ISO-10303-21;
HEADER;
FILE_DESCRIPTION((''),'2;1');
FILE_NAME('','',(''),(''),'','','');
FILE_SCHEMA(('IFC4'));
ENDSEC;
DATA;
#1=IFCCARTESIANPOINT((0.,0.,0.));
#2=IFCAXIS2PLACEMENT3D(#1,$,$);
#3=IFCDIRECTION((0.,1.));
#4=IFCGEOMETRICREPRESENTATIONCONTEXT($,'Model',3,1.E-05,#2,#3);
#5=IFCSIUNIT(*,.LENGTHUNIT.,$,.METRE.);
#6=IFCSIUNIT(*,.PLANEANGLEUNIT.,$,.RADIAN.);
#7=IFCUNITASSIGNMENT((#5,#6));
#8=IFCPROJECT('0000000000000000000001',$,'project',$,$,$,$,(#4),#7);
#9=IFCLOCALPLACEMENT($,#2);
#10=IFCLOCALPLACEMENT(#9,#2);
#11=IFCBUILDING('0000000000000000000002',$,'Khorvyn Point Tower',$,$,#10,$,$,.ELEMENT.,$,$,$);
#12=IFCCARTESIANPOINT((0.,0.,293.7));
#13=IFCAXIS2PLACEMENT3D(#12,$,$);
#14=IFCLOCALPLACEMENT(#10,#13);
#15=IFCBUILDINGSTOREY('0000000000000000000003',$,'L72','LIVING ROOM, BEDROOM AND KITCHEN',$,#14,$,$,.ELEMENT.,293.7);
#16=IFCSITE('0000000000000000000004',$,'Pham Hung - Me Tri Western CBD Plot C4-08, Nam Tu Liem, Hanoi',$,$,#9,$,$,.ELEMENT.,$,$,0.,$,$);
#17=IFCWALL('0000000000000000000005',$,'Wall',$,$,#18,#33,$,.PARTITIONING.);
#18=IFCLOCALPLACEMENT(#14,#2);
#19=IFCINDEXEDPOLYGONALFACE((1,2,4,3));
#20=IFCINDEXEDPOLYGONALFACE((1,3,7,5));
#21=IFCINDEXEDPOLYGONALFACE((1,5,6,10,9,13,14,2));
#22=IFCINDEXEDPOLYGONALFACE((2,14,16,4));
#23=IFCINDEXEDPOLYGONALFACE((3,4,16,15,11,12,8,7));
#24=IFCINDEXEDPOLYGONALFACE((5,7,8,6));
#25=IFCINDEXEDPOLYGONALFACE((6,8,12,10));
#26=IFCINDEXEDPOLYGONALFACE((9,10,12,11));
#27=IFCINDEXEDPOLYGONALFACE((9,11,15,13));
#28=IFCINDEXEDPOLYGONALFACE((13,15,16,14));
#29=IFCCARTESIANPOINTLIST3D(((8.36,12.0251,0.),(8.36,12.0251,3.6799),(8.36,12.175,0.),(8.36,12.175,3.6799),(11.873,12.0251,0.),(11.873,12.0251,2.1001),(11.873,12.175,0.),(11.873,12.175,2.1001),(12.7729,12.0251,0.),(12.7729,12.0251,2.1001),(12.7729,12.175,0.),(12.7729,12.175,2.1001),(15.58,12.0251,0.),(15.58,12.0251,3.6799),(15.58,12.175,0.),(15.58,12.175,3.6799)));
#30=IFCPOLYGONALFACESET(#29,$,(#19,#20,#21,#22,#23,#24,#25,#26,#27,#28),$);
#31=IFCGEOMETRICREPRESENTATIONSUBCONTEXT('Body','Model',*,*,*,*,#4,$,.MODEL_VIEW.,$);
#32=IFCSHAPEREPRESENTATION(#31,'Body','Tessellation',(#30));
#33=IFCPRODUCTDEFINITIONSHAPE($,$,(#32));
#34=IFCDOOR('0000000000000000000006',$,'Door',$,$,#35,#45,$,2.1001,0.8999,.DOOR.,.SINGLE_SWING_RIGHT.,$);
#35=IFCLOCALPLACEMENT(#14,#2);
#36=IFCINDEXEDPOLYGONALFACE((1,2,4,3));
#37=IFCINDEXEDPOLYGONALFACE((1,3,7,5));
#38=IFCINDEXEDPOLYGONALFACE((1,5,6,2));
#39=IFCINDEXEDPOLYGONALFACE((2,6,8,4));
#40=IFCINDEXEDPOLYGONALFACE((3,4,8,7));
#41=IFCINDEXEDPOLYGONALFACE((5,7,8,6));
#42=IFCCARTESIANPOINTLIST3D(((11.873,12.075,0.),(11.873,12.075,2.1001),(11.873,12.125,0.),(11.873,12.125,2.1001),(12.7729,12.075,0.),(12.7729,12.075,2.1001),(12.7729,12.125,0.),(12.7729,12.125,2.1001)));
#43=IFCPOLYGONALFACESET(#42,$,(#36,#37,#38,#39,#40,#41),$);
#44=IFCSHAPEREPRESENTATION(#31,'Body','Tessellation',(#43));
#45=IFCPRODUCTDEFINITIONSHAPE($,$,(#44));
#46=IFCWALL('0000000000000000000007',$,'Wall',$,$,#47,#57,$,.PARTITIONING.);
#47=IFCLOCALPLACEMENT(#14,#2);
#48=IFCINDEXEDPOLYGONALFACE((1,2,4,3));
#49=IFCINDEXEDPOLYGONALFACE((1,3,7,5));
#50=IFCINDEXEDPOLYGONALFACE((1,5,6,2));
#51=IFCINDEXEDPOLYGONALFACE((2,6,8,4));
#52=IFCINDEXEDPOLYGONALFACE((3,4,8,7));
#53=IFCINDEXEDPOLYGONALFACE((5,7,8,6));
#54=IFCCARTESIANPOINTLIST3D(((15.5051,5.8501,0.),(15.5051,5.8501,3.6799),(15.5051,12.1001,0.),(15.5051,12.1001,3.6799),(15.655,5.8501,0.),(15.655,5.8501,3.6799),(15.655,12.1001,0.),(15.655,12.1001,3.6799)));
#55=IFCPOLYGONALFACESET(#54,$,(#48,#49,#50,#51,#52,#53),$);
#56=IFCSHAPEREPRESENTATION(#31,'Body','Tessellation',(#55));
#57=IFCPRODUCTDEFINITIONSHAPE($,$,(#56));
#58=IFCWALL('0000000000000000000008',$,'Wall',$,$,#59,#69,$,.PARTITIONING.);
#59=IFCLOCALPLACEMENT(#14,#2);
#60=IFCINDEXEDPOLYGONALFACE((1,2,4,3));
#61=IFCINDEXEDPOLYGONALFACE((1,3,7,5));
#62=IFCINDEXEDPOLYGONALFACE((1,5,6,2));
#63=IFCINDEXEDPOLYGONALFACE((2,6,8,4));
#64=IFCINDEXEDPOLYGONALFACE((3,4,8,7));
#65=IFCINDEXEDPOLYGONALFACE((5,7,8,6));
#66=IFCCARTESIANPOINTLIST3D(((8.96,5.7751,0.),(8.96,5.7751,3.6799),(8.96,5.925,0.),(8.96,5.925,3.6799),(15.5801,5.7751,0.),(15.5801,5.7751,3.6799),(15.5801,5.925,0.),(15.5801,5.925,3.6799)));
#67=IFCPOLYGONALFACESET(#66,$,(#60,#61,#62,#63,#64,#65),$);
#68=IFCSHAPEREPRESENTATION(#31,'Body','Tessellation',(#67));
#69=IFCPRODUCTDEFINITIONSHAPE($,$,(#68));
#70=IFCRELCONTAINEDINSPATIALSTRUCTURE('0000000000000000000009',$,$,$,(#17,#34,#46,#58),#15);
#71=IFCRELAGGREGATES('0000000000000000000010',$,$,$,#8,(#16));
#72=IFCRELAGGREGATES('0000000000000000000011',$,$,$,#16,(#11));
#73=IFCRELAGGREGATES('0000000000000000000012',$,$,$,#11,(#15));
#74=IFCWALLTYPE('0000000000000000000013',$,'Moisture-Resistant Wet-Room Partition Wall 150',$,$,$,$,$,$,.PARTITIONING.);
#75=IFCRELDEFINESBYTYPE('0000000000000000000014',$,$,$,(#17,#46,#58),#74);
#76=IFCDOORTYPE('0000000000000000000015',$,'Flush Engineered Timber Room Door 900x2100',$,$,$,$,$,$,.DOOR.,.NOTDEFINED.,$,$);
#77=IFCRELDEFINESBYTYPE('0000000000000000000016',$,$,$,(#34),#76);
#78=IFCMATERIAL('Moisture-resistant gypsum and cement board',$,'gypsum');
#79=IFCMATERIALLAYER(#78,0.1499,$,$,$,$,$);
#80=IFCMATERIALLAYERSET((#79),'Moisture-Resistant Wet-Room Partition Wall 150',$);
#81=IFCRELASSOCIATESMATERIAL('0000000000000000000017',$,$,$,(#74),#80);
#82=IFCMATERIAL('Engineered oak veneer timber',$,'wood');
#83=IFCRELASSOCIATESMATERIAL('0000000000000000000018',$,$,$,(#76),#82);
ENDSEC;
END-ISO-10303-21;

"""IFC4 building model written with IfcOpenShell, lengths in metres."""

from ifc_helpers import new_model, si_unit, direction, frame, frame_2d, origin, place, context, subcontext, project, spatial, rectangle, extrude, material, layer, layer_set, type_object, element, fill, save


model = new_model("IFC4")

# Units and contexts
model_context = context("Model", 3, precision=1e-05, world=origin(), true_north=direction((0.0, 1.0)))
body_context = subcontext(model_context, "Body", "Model", "MODEL_VIEW")
ifc_project = project(units=[si_unit("LENGTHUNIT", "METRE"), si_unit("PLANEANGLEUNIT", "RADIAN")], contexts=[model_context])

# Site, building, storey
site_placement = place(None, origin())
site = spatial("IfcSite", under=ifc_project, at=site_placement, Name="Pham Hung - Me Tri Western CBD Plot C4-08, Nam Tu Liem, Hanoi", CompositionType="ELEMENT", RefElevation=0.0)
building_placement = place(site_placement, origin())
building = spatial("IfcBuilding", under=site, at=building_placement, Name="Khorvyn Point Tower", CompositionType="ELEMENT")
storey_placement = place(building_placement, frame((0.0, 0.0, 293.7)))
storey = spatial("IfcBuildingStorey", under=building, at=storey_placement, Name="L72", Description="LIVING ROOM, BEDROOM AND KITCHEN", CompositionType="ELEMENT", Elevation=293.7)

# Wall, opening, door
ifc_material_1 = material(Name="Moisture-resistant gypsum and cement board", Category="gypsum")
ifc_layer_1 = layer(ifc_material_1, 0.1499)
ifc_layer_set_1 = layer_set([ifc_layer_1], Name="Moisture-Resistant Wet-Room Partition Wall 150")
wall_type_1 = type_object("IfcWallType", Name="Moisture-Resistant Wet-Room Partition Wall 150", PredefinedType="PARTITIONING", material=ifc_layer_set_1)
wall_1_placement = place(storey_placement, frame((8.3601, 12.1001, 0.0), z_axis=(0.0, 0.0, 1.0), x_axis=(1.0, 0.0, 0.0)))
wall_1 = element("IfcWall", 1, at=wall_1_placement, inside=storey, type_object=wall_type_1, Name="Wall", PredefinedType="PARTITIONING", context=body_context, shape_type="SweptSolid", body=[
    extrude(rectangle(XDim=7.22, YDim=0.1499, at=frame_2d((3.6099, 0.0))), origin(), (0.0, 0.0, 1.0), 3.6799),
])
opening_1_placement = place(wall_1_placement, frame((3.5129, 0.0, 0.0)))
opening_1 = element("IfcOpeningElement", 2, at=opening_1_placement, cuts=wall_1, PredefinedType="OPENING", context=body_context, shape_type="SweptSolid", body=[
    extrude(rectangle(XDim=0.8999, YDim=2.1001, at=frame_2d((0.45, 1.05))), frame((0.0, 0.085, 0.0), z_axis=(0.0, -1.0, 0.0), x_axis=(1.0, 0.0, 0.0)), (0.0, 0.0, 1.0), 0.1699),
])
ifc_material_2 = material(Name="Engineered oak veneer timber", Category="wood")
door_type_1 = type_object("IfcDoorType", Name="Flush Engineered Timber Room Door 900x2100", OperationType="NOTDEFINED", PredefinedType="DOOR", material=ifc_material_2)
door_1_placement = place(opening_1_placement, origin())
door_1 = element("IfcDoor", 3, at=door_1_placement, inside=storey, type_object=door_type_1, Name="Door", OperationType="SINGLE_SWING_RIGHT", OverallHeight=2.1001, OverallWidth=0.8999, PredefinedType="DOOR", context=body_context, shape_type="SweptSolid", body=[
    extrude(rectangle(XDim=0.8999, YDim=2.1001, at=frame_2d((0.45, 1.05))), frame((0.0, 0.0249, 0.0), z_axis=(0.0, -1.0, 0.0), x_axis=(1.0, 0.0, 0.0)), (0.0, 0.0, 1.0), 0.05),
])
fill(opening_1, door_1)

# Walls
wall_2_placement = place(storey_placement, frame((15.5801, 5.8501, 0.0), z_axis=(0.0, 0.0, 1.0), x_axis=(0.0, 1.0, 0.0)))
element("IfcWall", 4, at=wall_2_placement, inside=storey, type_object=wall_type_1, Name="Wall", PredefinedType="PARTITIONING", context=body_context, shape_type="SweptSolid", body=[
    extrude(rectangle(XDim=6.25, YDim=0.1499, at=frame_2d((3.125, 0.0))), origin(), (0.0, 0.0, 1.0), 3.6799),
])
wall_3_placement = place(storey_placement, frame((8.96, 5.8501, 0.0), z_axis=(0.0, 0.0, 1.0), x_axis=(1.0, 0.0, 0.0)))
element("IfcWall", 5, at=wall_3_placement, inside=storey, type_object=wall_type_1, Name="Wall", PredefinedType="PARTITIONING", context=body_context, shape_type="SweptSolid", body=[
    extrude(rectangle(XDim=6.6201, YDim=0.1499, at=frame_2d((3.3101, 0.0))), origin(), (0.0, 0.0, 1.0), 3.6799),
])

save(model, "model.ifc")
